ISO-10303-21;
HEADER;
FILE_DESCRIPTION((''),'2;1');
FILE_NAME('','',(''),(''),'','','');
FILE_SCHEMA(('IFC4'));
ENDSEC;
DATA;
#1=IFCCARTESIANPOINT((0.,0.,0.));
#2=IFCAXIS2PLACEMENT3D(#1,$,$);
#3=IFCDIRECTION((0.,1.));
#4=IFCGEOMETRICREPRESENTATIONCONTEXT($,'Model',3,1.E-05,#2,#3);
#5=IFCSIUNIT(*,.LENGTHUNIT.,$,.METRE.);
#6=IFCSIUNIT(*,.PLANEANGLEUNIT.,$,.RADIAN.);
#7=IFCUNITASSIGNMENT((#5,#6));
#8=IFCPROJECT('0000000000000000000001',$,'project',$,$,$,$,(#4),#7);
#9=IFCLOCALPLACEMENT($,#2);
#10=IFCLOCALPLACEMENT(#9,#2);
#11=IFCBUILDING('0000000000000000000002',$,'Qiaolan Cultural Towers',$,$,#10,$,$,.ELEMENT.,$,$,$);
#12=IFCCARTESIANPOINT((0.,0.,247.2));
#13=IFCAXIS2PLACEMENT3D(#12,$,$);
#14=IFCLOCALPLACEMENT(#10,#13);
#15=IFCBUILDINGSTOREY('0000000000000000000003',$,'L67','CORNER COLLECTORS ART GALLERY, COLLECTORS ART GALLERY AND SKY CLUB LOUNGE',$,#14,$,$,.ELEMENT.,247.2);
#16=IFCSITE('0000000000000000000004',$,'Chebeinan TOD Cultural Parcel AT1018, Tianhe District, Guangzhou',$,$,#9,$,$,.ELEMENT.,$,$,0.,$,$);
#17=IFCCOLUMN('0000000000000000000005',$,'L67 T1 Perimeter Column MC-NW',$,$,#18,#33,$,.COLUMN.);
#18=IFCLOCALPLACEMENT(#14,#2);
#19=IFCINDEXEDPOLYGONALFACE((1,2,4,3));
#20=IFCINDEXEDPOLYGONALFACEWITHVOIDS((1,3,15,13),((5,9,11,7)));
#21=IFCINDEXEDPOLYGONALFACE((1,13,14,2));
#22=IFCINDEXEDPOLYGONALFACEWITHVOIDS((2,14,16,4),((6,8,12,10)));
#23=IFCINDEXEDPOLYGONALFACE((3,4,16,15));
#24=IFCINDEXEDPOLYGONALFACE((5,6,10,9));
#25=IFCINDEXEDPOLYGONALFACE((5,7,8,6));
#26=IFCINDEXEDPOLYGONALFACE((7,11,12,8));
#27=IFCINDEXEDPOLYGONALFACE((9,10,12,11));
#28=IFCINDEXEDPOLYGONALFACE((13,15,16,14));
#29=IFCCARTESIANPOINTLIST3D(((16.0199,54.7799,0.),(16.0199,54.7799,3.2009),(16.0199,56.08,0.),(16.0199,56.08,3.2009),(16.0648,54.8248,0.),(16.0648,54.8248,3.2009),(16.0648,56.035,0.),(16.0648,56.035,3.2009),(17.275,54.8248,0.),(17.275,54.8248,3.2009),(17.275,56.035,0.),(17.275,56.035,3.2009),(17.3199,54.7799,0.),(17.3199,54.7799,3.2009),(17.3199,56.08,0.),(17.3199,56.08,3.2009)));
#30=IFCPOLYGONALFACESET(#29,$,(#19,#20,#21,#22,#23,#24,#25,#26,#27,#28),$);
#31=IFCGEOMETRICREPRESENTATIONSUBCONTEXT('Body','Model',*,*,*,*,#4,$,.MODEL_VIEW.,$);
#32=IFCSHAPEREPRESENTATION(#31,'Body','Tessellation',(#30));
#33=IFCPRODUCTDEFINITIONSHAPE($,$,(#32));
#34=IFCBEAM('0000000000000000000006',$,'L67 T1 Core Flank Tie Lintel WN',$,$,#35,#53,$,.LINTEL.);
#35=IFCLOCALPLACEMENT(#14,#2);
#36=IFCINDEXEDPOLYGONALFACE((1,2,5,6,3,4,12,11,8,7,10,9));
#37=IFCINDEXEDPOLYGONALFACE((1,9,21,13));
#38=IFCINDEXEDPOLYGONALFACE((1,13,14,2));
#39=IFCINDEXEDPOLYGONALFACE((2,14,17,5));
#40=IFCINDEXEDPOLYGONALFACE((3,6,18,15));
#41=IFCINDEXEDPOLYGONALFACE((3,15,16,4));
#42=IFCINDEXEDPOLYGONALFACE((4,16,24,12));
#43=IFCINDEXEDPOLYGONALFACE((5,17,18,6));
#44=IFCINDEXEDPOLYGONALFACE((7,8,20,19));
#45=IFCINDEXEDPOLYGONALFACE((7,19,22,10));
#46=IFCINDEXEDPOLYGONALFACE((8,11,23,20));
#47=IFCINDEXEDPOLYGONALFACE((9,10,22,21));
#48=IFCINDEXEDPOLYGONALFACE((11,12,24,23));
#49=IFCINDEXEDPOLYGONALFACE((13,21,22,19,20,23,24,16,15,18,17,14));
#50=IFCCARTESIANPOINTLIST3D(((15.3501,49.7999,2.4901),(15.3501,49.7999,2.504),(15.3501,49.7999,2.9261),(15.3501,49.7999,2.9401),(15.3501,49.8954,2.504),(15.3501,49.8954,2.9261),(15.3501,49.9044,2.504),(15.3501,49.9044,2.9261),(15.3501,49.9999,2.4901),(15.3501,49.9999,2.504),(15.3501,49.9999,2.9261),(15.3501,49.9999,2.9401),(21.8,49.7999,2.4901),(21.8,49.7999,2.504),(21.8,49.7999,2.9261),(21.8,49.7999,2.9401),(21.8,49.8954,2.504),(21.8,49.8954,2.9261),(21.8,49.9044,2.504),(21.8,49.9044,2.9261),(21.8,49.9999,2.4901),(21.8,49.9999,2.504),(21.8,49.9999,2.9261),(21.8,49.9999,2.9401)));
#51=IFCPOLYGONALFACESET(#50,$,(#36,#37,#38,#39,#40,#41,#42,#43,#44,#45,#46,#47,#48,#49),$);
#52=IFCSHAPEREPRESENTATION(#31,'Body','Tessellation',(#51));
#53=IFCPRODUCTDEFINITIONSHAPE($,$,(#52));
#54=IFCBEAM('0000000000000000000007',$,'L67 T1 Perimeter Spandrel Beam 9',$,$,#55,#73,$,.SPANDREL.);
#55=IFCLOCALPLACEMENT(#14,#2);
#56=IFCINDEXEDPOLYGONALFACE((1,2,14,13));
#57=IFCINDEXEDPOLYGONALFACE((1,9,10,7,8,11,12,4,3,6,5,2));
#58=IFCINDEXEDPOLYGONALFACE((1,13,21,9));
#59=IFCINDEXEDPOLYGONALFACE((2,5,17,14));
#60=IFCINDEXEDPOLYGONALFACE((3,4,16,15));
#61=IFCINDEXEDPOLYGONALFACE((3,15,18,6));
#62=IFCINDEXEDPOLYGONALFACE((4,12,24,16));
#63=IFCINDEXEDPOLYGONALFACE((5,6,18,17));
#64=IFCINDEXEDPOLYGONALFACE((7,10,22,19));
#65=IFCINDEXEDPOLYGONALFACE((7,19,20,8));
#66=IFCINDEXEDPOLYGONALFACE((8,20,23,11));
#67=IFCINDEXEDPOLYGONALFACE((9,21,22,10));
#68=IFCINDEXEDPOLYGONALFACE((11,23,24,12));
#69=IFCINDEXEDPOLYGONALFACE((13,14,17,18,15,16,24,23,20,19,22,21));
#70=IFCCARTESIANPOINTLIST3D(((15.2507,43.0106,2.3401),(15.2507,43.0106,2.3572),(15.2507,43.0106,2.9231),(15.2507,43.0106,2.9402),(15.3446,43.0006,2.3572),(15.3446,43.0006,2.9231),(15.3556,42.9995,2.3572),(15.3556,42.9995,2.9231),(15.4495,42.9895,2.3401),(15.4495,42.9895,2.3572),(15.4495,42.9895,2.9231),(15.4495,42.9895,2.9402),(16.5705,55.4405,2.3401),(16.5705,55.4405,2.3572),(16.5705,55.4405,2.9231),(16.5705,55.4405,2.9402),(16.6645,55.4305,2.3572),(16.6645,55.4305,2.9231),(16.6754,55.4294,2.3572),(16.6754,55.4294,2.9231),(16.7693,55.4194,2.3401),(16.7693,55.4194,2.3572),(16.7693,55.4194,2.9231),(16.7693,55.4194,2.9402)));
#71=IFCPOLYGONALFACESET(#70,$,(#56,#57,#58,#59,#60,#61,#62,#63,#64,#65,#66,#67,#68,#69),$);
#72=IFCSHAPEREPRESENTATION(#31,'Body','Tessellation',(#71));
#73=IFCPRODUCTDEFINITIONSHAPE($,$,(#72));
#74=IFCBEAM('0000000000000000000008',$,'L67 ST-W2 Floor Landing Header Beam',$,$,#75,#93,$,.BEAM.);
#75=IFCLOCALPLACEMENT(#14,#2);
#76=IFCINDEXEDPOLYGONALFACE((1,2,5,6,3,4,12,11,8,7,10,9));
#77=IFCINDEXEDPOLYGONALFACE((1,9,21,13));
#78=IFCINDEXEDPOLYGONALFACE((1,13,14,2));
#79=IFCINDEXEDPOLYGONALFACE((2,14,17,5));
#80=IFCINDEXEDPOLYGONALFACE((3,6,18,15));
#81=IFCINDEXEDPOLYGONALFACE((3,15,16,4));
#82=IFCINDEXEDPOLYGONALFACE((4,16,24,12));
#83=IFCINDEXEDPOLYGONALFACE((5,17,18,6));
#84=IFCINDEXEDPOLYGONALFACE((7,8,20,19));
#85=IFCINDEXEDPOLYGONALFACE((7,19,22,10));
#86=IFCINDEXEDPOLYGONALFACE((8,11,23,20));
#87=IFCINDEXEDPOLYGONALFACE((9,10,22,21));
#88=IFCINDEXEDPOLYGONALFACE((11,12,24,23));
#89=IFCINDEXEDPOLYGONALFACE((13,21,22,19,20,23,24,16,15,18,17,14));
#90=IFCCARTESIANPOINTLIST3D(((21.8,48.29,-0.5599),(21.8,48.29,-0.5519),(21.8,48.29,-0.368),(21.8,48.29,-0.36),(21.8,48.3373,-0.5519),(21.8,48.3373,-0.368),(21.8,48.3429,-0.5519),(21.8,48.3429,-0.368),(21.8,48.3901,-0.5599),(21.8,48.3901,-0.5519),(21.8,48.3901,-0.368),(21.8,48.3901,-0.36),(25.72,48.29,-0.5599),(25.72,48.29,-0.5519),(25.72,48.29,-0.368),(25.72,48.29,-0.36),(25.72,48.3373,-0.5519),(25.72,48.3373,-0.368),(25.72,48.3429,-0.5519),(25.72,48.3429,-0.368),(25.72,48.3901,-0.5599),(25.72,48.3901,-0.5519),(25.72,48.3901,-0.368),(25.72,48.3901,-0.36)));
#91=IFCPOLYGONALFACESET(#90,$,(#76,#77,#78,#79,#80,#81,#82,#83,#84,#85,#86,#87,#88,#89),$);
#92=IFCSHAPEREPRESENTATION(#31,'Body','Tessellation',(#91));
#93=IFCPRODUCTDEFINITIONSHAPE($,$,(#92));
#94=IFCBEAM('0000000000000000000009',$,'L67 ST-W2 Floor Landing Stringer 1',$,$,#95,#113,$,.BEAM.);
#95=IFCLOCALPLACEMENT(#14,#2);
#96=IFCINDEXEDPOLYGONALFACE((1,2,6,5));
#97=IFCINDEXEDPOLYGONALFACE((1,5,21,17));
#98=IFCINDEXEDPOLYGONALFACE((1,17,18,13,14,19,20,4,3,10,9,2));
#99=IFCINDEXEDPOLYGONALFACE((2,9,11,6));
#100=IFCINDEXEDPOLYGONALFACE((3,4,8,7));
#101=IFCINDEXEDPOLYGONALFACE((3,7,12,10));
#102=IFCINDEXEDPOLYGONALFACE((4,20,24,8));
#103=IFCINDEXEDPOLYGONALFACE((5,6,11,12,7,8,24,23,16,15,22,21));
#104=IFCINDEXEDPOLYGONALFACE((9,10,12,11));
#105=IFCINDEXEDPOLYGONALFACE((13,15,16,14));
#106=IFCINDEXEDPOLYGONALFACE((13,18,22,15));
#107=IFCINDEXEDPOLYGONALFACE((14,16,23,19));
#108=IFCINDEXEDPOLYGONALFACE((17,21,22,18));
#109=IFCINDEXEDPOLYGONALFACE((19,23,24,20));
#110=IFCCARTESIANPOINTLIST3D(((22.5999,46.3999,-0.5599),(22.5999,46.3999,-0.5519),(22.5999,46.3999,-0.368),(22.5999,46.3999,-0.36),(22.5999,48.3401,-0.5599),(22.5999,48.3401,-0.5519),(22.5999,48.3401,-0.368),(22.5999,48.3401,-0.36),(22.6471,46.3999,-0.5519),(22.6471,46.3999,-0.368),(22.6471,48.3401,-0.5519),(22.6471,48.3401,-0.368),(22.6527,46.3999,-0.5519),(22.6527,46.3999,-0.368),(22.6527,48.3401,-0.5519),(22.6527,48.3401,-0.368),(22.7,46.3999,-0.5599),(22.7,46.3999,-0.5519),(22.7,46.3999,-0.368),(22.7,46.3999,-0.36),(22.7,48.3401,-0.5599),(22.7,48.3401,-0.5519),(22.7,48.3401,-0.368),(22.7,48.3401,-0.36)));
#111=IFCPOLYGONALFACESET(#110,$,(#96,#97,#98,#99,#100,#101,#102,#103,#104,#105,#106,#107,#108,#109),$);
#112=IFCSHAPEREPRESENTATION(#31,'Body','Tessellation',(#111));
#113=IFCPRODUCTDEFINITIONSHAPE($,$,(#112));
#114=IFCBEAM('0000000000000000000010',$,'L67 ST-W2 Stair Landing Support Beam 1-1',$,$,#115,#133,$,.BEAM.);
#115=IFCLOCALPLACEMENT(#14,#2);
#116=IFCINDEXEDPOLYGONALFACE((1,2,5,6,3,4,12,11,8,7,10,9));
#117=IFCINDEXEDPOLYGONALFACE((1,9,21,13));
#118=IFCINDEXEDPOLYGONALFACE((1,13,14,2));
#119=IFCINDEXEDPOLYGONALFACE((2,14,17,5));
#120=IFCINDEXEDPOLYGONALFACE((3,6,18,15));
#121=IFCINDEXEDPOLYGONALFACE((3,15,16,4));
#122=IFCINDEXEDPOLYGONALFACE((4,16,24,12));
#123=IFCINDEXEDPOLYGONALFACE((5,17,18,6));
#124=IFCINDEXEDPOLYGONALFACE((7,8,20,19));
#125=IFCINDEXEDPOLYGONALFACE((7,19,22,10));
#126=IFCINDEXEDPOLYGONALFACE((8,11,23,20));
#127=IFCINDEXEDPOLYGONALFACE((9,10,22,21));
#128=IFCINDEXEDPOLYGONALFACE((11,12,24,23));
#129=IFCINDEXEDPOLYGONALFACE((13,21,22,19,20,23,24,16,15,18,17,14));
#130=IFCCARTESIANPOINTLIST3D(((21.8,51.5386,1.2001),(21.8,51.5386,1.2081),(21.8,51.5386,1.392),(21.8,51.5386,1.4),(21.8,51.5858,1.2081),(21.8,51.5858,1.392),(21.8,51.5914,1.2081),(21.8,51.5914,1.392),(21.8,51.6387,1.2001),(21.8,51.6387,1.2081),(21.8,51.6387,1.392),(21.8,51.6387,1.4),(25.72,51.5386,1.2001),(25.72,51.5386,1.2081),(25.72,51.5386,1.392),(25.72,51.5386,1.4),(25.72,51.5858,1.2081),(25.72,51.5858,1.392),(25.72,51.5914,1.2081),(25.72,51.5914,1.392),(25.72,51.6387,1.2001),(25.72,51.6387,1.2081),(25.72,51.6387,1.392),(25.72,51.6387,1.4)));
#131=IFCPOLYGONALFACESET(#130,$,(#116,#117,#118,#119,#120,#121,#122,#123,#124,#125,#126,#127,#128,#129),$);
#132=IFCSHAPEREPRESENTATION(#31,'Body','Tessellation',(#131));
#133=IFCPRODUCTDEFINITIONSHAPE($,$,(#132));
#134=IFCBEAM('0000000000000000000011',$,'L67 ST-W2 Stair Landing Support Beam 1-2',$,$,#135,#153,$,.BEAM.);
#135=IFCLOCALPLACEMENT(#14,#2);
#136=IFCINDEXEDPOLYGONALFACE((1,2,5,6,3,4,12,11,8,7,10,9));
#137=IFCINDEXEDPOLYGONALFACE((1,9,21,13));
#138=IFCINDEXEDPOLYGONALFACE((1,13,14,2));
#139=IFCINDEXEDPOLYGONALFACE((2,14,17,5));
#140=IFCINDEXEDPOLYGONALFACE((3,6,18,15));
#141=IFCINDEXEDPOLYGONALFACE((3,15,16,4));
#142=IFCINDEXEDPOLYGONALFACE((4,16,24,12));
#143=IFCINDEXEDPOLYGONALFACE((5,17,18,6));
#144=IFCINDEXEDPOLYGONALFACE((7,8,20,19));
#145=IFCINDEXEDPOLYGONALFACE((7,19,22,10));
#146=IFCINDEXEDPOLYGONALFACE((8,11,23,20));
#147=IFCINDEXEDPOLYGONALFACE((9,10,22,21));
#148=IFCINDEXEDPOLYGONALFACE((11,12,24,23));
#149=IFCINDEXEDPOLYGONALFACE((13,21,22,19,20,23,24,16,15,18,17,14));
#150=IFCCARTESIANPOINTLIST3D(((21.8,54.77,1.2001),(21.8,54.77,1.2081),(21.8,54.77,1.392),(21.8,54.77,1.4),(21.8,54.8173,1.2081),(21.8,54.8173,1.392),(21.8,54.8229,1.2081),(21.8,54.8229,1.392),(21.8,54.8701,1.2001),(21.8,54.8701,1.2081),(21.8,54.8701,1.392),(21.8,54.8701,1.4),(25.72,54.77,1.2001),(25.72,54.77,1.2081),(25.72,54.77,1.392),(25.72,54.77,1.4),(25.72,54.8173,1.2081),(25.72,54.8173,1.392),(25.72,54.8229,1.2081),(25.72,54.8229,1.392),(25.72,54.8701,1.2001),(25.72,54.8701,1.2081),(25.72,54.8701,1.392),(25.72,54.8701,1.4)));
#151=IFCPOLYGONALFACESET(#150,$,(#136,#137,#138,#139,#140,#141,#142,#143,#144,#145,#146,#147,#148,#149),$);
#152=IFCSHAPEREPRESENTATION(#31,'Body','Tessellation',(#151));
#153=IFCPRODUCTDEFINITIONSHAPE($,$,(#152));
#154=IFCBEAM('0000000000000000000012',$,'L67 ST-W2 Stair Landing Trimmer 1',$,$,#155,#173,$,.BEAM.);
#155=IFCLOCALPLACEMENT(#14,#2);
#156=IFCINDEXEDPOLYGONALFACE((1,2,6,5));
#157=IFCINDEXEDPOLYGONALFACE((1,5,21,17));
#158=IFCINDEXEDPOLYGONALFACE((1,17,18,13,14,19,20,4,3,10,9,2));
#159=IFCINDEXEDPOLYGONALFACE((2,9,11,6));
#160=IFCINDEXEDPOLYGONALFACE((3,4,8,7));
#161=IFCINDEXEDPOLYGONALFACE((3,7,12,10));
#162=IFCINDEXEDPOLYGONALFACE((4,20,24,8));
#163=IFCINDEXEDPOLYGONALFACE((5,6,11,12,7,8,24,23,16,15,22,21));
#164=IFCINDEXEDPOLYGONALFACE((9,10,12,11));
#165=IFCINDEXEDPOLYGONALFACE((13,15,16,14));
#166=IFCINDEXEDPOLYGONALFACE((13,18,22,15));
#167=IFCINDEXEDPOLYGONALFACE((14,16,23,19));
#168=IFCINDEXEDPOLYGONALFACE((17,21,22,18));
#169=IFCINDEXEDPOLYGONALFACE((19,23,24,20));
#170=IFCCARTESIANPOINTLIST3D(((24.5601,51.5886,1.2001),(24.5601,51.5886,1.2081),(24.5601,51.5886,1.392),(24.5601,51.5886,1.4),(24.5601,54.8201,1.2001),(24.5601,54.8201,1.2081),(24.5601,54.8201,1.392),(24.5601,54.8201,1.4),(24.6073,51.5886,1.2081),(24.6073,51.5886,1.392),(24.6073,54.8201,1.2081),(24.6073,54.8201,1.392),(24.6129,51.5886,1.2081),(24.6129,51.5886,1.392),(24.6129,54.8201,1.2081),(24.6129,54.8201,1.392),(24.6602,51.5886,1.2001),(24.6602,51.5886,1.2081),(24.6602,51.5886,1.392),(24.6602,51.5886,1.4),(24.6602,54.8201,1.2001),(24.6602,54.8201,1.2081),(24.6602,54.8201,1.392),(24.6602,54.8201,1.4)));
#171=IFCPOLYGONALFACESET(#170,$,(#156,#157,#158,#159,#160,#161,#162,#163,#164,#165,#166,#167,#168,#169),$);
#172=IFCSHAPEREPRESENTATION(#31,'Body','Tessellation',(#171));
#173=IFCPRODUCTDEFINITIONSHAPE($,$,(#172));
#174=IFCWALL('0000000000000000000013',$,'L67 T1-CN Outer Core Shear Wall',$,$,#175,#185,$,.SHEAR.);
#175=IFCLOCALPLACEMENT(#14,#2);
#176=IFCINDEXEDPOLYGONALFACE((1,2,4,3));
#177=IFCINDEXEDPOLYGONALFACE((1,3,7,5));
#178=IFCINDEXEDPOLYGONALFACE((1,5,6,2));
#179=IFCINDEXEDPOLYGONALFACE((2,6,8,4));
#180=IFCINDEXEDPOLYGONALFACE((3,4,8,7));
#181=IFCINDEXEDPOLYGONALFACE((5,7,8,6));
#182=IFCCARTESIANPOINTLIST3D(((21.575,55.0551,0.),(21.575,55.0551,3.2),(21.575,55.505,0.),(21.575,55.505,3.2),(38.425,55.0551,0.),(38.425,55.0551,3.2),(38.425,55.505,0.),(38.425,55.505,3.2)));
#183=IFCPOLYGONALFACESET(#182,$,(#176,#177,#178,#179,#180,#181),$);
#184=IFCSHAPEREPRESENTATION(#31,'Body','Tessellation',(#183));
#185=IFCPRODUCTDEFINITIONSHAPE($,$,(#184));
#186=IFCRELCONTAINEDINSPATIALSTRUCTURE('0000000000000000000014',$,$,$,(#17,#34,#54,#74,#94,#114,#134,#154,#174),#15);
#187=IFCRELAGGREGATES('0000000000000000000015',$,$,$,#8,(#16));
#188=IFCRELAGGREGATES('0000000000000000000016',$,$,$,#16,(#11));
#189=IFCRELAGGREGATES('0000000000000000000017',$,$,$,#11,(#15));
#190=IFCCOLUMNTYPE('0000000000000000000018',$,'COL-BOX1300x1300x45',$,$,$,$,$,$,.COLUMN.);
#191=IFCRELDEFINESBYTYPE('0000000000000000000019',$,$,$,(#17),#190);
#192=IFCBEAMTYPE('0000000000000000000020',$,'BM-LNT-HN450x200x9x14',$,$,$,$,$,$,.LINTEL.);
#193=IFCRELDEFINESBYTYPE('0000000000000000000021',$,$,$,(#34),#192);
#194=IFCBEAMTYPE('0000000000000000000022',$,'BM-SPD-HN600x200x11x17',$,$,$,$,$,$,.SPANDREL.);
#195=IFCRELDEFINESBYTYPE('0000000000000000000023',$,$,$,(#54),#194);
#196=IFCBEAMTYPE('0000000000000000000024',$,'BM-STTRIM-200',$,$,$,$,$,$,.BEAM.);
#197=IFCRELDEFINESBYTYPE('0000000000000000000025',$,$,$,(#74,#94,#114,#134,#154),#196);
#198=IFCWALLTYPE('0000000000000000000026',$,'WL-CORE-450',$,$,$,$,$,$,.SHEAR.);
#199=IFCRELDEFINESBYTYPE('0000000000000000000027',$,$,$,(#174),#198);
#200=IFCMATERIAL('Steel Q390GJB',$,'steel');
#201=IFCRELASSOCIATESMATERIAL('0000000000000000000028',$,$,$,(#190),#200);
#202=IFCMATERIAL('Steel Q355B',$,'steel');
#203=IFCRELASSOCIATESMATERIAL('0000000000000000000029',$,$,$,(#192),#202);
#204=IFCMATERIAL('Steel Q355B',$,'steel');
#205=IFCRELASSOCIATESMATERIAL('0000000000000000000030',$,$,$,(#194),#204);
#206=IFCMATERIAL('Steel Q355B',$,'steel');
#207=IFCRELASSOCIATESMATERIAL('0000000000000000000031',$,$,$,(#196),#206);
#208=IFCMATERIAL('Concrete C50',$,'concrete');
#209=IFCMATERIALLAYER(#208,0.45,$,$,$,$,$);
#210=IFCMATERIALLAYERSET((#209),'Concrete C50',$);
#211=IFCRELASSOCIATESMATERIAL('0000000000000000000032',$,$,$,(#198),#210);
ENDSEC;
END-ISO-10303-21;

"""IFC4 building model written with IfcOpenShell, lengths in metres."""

from ifc_helpers import new_model, si_unit, direction, frame, frame_2d, origin, origin_2d, place, context, subcontext, project, spatial, rectangle, hollow_rectangle, i_section, extrude, material, layer, layer_set, material_profile, profile_set, type_object, element, save


model = new_model("IFC4")

# Units and contexts
model_context = context("Model", 3, precision=1e-05, world=origin(), true_north=direction((0.0, 1.0)))
body_context = subcontext(model_context, "Body", "Model", "MODEL_VIEW")
ifc_project = project(units=[si_unit("LENGTHUNIT", "METRE"), si_unit("PLANEANGLEUNIT", "RADIAN")], contexts=[model_context])

# Site, building, storey
site_placement = place(None, origin())
site = spatial("IfcSite", under=ifc_project, at=site_placement, Name="Chebeinan TOD Cultural Parcel AT1018, Tianhe District, Guangzhou", CompositionType="ELEMENT", RefElevation=0.0)
building_placement = place(site_placement, origin())
building = spatial("IfcBuilding", under=site, at=building_placement, Name="Qiaolan Cultural Towers", CompositionType="ELEMENT")
storey_placement = place(building_placement, frame((0.0, 0.0, 247.2)))
storey = spatial("IfcBuildingStorey", under=building, at=storey_placement, Name="L67", Description="CORNER COLLECTORS ART GALLERY, COLLECTORS ART GALLERY AND SKY CLUB LOUNGE", CompositionType="ELEMENT", Elevation=247.2)

# Column
ifc_material_1 = material(Name="Steel Q390GJB", Category="steel")
ifc_material_profile_1 = material_profile(ifc_material_1, hollow_rectangle(XDim=1.3, YDim=1.3, WallThickness=0.0449, at=origin_2d()), Name="BOX1300x1300x45")
ifc_profile_set_1 = profile_set([ifc_material_profile_1], Name="Steel Q390GJB")
column_type = type_object("IfcColumnType", Name="COL-BOX1300x1300x45", PredefinedType="COLUMN", material=ifc_profile_set_1)
column_placement = place(storey_placement, frame((16.6699, 55.4299, 0.0), z_axis=(0.0, 0.0, 1.0), x_axis=(1.0, 0.0, 0.0)))
element("IfcColumn", 1, at=column_placement, inside=storey, type_object=column_type, Name="L67 T1 Perimeter Column MC-NW", PredefinedType="COLUMN", context=body_context, shape_type="SweptSolid", body=[
    extrude(hollow_rectangle(XDim=1.3, YDim=1.3, WallThickness=0.0449, at=origin_2d()), origin(), (0.0, 0.0, 1.0), 3.2009),
])

# Beams
ifc_material_2 = material(Name="Steel Q355B", Category="steel")
ifc_material_profile_2 = material_profile(ifc_material_2, i_section(OverallWidth=0.2, OverallDepth=0.45, WebThickness=0.009, FlangeThickness=0.0139, at=origin_2d()), Name="HN450x200x9x14")
ifc_profile_set_2 = profile_set([ifc_material_profile_2], Name="Steel Q355B")
beam_type_1 = type_object("IfcBeamType", Name="BM-LNT-HN450x200x9x14", PredefinedType="LINTEL", material=ifc_profile_set_2)
beam_1_placement = place(storey_placement, frame((21.8, 49.8999, 2.7151), z_axis=(-1.0, 0.0, 0.0), x_axis=(0.0, -1.0, 0.0)))
element("IfcBeam", 2, at=beam_1_placement, inside=storey, type_object=beam_type_1, Name="L67 T1 Core Flank Tie Lintel WN", PredefinedType="LINTEL", context=body_context, shape_type="SweptSolid", body=[
    extrude(i_section(OverallWidth=0.2, OverallDepth=0.45, WebThickness=0.009, FlangeThickness=0.0139, at=origin_2d()), origin(), (0.0, 0.0, 1.0), 6.45),
])
ifc_material_3 = material(Name="Steel Q355B", Category="steel")
ifc_material_profile_3 = material_profile(ifc_material_3, i_section(OverallWidth=0.2, OverallDepth=0.6001, WebThickness=0.011, FlangeThickness=0.0171, at=origin_2d()), Name="HN600x200x11x17")
ifc_profile_set_3 = profile_set([ifc_material_profile_3], Name="Steel Q355B")
beam_type_2 = type_object("IfcBeamType", Name="BM-SPD-HN600x200x11x17", PredefinedType="SPANDREL", material=ifc_profile_set_3)
beam_2_placement = place(storey_placement, frame((16.6699, 55.4299, 2.6401), z_axis=(-0.105588, -0.99441, 0.0), x_axis=(0.99441, -0.105588, 0.0)))
element("IfcBeam", 3, at=beam_2_placement, inside=storey, type_object=beam_type_2, Name="L67 T1 Perimeter Spandrel Beam 9", PredefinedType="SPANDREL", context=body_context, shape_type="SweptSolid", body=[
    extrude(i_section(OverallWidth=0.2, OverallDepth=0.6001, WebThickness=0.011, FlangeThickness=0.0171, at=origin_2d()), origin(), (0.0, 0.0, 1.0), 12.4998),
])
ifc_material_4 = material(Name="Steel Q355B", Category="steel")
ifc_material_profile_4 = material_profile(ifc_material_4, i_section(OverallWidth=0.1001, OverallDepth=0.2, WebThickness=0.0056, FlangeThickness=0.0081, at=origin_2d()), Name="HN200x100x5.5x8")
ifc_profile_set_4 = profile_set([ifc_material_profile_4], Name="Steel Q355B")
beam_type_3 = type_object("IfcBeamType", Name="BM-STTRIM-200", PredefinedType="BEAM", material=ifc_profile_set_4)
beam_3_placement = place(storey_placement, frame((21.8, 48.3401, -0.46), z_axis=(1.0, 0.0, 0.0), x_axis=(0.0, 1.0, 0.0)))
element("IfcBeam", 4, at=beam_3_placement, inside=storey, type_object=beam_type_3, Name="L67 ST-W2 Floor Landing Header Beam", PredefinedType="BEAM", context=body_context, shape_type="SweptSolid", body=[
    extrude(i_section(OverallWidth=0.1001, OverallDepth=0.2, WebThickness=0.0056, FlangeThickness=0.0081, at=origin_2d()), origin(), (0.0, 0.0, 1.0), 3.9199),
])
beam_4_placement = place(storey_placement, frame((22.6499, 46.3999, -0.46), z_axis=(0.0, 1.0, 0.0), x_axis=(-1.0, 0.0, 0.0)))
element("IfcBeam", 5, at=beam_4_placement, inside=storey, type_object=beam_type_3, Name="L67 ST-W2 Floor Landing Stringer 1", PredefinedType="BEAM", context=body_context, shape_type="SweptSolid", body=[
    extrude(i_section(OverallWidth=0.1001, OverallDepth=0.2, WebThickness=0.0056, FlangeThickness=0.0081, at=origin_2d()), origin(), (0.0, 0.0, 1.0), 1.9402),
])
for number, where, z_axis, x_axis, name in (
    (6, (21.8, 51.5886, 1.3), (1.0, 0.0, 0.0), (0.0, 1.0, 0.0), "L67 ST-W2 Stair Landing Support Beam 1-1"),
    (7, (21.8, 54.8201, 1.3), (1.0, 0.0, 0.0), (0.0, 1.0, 0.0), "L67 ST-W2 Stair Landing Support Beam 1-2"),
):
    element("IfcBeam", number, at=place(storey_placement, frame(where, z_axis=z_axis, x_axis=x_axis)), inside=storey, type_object=beam_type_3, Name=name, PredefinedType="BEAM", context=body_context, shape_type="SweptSolid", body=[
        extrude(i_section(OverallWidth=0.1001, OverallDepth=0.2, WebThickness=0.0056, FlangeThickness=0.0081, at=origin_2d()), origin(), (0.0, 0.0, 1.0), 3.9199),
    ])
beam_5_placement = place(storey_placement, frame((24.6101, 51.5886, 1.3), z_axis=(0.0, 1.0, 0.0), x_axis=(-1.0, 0.0, 0.0)))
element("IfcBeam", 8, at=beam_5_placement, inside=storey, type_object=beam_type_3, Name="L67 ST-W2 Stair Landing Trimmer 1", PredefinedType="BEAM", context=body_context, shape_type="SweptSolid", body=[
    extrude(i_section(OverallWidth=0.1001, OverallDepth=0.2, WebThickness=0.0056, FlangeThickness=0.0081, at=origin_2d()), origin(), (0.0, 0.0, 1.0), 3.2314),
])

# Wall
ifc_material_5 = material(Name="Concrete C50", Category="concrete")
ifc_layer_1 = layer(ifc_material_5, 0.45)
ifc_layer_set_1 = layer_set([ifc_layer_1], Name="Concrete C50")
wall_type_1 = type_object("IfcWallType", Name="WL-CORE-450", PredefinedType="SHEAR", material=ifc_layer_set_1)
wall_1_placement = place(storey_placement, frame((21.575, 55.28, 0.0), z_axis=(0.0, 0.0, 1.0), x_axis=(1.0, 0.0, 0.0)))
element("IfcWall", 9, at=wall_1_placement, inside=storey, type_object=wall_type_1, Name="L67 T1-CN Outer Core Shear Wall", PredefinedType="SHEAR", context=body_context, shape_type="SweptSolid", body=[
    extrude(rectangle(XDim=16.8501, YDim=0.45, at=frame_2d((8.425, 0.0))), origin(), (0.0, 0.0, 1.0), 3.2),
])

save(model, "model.ifc")
